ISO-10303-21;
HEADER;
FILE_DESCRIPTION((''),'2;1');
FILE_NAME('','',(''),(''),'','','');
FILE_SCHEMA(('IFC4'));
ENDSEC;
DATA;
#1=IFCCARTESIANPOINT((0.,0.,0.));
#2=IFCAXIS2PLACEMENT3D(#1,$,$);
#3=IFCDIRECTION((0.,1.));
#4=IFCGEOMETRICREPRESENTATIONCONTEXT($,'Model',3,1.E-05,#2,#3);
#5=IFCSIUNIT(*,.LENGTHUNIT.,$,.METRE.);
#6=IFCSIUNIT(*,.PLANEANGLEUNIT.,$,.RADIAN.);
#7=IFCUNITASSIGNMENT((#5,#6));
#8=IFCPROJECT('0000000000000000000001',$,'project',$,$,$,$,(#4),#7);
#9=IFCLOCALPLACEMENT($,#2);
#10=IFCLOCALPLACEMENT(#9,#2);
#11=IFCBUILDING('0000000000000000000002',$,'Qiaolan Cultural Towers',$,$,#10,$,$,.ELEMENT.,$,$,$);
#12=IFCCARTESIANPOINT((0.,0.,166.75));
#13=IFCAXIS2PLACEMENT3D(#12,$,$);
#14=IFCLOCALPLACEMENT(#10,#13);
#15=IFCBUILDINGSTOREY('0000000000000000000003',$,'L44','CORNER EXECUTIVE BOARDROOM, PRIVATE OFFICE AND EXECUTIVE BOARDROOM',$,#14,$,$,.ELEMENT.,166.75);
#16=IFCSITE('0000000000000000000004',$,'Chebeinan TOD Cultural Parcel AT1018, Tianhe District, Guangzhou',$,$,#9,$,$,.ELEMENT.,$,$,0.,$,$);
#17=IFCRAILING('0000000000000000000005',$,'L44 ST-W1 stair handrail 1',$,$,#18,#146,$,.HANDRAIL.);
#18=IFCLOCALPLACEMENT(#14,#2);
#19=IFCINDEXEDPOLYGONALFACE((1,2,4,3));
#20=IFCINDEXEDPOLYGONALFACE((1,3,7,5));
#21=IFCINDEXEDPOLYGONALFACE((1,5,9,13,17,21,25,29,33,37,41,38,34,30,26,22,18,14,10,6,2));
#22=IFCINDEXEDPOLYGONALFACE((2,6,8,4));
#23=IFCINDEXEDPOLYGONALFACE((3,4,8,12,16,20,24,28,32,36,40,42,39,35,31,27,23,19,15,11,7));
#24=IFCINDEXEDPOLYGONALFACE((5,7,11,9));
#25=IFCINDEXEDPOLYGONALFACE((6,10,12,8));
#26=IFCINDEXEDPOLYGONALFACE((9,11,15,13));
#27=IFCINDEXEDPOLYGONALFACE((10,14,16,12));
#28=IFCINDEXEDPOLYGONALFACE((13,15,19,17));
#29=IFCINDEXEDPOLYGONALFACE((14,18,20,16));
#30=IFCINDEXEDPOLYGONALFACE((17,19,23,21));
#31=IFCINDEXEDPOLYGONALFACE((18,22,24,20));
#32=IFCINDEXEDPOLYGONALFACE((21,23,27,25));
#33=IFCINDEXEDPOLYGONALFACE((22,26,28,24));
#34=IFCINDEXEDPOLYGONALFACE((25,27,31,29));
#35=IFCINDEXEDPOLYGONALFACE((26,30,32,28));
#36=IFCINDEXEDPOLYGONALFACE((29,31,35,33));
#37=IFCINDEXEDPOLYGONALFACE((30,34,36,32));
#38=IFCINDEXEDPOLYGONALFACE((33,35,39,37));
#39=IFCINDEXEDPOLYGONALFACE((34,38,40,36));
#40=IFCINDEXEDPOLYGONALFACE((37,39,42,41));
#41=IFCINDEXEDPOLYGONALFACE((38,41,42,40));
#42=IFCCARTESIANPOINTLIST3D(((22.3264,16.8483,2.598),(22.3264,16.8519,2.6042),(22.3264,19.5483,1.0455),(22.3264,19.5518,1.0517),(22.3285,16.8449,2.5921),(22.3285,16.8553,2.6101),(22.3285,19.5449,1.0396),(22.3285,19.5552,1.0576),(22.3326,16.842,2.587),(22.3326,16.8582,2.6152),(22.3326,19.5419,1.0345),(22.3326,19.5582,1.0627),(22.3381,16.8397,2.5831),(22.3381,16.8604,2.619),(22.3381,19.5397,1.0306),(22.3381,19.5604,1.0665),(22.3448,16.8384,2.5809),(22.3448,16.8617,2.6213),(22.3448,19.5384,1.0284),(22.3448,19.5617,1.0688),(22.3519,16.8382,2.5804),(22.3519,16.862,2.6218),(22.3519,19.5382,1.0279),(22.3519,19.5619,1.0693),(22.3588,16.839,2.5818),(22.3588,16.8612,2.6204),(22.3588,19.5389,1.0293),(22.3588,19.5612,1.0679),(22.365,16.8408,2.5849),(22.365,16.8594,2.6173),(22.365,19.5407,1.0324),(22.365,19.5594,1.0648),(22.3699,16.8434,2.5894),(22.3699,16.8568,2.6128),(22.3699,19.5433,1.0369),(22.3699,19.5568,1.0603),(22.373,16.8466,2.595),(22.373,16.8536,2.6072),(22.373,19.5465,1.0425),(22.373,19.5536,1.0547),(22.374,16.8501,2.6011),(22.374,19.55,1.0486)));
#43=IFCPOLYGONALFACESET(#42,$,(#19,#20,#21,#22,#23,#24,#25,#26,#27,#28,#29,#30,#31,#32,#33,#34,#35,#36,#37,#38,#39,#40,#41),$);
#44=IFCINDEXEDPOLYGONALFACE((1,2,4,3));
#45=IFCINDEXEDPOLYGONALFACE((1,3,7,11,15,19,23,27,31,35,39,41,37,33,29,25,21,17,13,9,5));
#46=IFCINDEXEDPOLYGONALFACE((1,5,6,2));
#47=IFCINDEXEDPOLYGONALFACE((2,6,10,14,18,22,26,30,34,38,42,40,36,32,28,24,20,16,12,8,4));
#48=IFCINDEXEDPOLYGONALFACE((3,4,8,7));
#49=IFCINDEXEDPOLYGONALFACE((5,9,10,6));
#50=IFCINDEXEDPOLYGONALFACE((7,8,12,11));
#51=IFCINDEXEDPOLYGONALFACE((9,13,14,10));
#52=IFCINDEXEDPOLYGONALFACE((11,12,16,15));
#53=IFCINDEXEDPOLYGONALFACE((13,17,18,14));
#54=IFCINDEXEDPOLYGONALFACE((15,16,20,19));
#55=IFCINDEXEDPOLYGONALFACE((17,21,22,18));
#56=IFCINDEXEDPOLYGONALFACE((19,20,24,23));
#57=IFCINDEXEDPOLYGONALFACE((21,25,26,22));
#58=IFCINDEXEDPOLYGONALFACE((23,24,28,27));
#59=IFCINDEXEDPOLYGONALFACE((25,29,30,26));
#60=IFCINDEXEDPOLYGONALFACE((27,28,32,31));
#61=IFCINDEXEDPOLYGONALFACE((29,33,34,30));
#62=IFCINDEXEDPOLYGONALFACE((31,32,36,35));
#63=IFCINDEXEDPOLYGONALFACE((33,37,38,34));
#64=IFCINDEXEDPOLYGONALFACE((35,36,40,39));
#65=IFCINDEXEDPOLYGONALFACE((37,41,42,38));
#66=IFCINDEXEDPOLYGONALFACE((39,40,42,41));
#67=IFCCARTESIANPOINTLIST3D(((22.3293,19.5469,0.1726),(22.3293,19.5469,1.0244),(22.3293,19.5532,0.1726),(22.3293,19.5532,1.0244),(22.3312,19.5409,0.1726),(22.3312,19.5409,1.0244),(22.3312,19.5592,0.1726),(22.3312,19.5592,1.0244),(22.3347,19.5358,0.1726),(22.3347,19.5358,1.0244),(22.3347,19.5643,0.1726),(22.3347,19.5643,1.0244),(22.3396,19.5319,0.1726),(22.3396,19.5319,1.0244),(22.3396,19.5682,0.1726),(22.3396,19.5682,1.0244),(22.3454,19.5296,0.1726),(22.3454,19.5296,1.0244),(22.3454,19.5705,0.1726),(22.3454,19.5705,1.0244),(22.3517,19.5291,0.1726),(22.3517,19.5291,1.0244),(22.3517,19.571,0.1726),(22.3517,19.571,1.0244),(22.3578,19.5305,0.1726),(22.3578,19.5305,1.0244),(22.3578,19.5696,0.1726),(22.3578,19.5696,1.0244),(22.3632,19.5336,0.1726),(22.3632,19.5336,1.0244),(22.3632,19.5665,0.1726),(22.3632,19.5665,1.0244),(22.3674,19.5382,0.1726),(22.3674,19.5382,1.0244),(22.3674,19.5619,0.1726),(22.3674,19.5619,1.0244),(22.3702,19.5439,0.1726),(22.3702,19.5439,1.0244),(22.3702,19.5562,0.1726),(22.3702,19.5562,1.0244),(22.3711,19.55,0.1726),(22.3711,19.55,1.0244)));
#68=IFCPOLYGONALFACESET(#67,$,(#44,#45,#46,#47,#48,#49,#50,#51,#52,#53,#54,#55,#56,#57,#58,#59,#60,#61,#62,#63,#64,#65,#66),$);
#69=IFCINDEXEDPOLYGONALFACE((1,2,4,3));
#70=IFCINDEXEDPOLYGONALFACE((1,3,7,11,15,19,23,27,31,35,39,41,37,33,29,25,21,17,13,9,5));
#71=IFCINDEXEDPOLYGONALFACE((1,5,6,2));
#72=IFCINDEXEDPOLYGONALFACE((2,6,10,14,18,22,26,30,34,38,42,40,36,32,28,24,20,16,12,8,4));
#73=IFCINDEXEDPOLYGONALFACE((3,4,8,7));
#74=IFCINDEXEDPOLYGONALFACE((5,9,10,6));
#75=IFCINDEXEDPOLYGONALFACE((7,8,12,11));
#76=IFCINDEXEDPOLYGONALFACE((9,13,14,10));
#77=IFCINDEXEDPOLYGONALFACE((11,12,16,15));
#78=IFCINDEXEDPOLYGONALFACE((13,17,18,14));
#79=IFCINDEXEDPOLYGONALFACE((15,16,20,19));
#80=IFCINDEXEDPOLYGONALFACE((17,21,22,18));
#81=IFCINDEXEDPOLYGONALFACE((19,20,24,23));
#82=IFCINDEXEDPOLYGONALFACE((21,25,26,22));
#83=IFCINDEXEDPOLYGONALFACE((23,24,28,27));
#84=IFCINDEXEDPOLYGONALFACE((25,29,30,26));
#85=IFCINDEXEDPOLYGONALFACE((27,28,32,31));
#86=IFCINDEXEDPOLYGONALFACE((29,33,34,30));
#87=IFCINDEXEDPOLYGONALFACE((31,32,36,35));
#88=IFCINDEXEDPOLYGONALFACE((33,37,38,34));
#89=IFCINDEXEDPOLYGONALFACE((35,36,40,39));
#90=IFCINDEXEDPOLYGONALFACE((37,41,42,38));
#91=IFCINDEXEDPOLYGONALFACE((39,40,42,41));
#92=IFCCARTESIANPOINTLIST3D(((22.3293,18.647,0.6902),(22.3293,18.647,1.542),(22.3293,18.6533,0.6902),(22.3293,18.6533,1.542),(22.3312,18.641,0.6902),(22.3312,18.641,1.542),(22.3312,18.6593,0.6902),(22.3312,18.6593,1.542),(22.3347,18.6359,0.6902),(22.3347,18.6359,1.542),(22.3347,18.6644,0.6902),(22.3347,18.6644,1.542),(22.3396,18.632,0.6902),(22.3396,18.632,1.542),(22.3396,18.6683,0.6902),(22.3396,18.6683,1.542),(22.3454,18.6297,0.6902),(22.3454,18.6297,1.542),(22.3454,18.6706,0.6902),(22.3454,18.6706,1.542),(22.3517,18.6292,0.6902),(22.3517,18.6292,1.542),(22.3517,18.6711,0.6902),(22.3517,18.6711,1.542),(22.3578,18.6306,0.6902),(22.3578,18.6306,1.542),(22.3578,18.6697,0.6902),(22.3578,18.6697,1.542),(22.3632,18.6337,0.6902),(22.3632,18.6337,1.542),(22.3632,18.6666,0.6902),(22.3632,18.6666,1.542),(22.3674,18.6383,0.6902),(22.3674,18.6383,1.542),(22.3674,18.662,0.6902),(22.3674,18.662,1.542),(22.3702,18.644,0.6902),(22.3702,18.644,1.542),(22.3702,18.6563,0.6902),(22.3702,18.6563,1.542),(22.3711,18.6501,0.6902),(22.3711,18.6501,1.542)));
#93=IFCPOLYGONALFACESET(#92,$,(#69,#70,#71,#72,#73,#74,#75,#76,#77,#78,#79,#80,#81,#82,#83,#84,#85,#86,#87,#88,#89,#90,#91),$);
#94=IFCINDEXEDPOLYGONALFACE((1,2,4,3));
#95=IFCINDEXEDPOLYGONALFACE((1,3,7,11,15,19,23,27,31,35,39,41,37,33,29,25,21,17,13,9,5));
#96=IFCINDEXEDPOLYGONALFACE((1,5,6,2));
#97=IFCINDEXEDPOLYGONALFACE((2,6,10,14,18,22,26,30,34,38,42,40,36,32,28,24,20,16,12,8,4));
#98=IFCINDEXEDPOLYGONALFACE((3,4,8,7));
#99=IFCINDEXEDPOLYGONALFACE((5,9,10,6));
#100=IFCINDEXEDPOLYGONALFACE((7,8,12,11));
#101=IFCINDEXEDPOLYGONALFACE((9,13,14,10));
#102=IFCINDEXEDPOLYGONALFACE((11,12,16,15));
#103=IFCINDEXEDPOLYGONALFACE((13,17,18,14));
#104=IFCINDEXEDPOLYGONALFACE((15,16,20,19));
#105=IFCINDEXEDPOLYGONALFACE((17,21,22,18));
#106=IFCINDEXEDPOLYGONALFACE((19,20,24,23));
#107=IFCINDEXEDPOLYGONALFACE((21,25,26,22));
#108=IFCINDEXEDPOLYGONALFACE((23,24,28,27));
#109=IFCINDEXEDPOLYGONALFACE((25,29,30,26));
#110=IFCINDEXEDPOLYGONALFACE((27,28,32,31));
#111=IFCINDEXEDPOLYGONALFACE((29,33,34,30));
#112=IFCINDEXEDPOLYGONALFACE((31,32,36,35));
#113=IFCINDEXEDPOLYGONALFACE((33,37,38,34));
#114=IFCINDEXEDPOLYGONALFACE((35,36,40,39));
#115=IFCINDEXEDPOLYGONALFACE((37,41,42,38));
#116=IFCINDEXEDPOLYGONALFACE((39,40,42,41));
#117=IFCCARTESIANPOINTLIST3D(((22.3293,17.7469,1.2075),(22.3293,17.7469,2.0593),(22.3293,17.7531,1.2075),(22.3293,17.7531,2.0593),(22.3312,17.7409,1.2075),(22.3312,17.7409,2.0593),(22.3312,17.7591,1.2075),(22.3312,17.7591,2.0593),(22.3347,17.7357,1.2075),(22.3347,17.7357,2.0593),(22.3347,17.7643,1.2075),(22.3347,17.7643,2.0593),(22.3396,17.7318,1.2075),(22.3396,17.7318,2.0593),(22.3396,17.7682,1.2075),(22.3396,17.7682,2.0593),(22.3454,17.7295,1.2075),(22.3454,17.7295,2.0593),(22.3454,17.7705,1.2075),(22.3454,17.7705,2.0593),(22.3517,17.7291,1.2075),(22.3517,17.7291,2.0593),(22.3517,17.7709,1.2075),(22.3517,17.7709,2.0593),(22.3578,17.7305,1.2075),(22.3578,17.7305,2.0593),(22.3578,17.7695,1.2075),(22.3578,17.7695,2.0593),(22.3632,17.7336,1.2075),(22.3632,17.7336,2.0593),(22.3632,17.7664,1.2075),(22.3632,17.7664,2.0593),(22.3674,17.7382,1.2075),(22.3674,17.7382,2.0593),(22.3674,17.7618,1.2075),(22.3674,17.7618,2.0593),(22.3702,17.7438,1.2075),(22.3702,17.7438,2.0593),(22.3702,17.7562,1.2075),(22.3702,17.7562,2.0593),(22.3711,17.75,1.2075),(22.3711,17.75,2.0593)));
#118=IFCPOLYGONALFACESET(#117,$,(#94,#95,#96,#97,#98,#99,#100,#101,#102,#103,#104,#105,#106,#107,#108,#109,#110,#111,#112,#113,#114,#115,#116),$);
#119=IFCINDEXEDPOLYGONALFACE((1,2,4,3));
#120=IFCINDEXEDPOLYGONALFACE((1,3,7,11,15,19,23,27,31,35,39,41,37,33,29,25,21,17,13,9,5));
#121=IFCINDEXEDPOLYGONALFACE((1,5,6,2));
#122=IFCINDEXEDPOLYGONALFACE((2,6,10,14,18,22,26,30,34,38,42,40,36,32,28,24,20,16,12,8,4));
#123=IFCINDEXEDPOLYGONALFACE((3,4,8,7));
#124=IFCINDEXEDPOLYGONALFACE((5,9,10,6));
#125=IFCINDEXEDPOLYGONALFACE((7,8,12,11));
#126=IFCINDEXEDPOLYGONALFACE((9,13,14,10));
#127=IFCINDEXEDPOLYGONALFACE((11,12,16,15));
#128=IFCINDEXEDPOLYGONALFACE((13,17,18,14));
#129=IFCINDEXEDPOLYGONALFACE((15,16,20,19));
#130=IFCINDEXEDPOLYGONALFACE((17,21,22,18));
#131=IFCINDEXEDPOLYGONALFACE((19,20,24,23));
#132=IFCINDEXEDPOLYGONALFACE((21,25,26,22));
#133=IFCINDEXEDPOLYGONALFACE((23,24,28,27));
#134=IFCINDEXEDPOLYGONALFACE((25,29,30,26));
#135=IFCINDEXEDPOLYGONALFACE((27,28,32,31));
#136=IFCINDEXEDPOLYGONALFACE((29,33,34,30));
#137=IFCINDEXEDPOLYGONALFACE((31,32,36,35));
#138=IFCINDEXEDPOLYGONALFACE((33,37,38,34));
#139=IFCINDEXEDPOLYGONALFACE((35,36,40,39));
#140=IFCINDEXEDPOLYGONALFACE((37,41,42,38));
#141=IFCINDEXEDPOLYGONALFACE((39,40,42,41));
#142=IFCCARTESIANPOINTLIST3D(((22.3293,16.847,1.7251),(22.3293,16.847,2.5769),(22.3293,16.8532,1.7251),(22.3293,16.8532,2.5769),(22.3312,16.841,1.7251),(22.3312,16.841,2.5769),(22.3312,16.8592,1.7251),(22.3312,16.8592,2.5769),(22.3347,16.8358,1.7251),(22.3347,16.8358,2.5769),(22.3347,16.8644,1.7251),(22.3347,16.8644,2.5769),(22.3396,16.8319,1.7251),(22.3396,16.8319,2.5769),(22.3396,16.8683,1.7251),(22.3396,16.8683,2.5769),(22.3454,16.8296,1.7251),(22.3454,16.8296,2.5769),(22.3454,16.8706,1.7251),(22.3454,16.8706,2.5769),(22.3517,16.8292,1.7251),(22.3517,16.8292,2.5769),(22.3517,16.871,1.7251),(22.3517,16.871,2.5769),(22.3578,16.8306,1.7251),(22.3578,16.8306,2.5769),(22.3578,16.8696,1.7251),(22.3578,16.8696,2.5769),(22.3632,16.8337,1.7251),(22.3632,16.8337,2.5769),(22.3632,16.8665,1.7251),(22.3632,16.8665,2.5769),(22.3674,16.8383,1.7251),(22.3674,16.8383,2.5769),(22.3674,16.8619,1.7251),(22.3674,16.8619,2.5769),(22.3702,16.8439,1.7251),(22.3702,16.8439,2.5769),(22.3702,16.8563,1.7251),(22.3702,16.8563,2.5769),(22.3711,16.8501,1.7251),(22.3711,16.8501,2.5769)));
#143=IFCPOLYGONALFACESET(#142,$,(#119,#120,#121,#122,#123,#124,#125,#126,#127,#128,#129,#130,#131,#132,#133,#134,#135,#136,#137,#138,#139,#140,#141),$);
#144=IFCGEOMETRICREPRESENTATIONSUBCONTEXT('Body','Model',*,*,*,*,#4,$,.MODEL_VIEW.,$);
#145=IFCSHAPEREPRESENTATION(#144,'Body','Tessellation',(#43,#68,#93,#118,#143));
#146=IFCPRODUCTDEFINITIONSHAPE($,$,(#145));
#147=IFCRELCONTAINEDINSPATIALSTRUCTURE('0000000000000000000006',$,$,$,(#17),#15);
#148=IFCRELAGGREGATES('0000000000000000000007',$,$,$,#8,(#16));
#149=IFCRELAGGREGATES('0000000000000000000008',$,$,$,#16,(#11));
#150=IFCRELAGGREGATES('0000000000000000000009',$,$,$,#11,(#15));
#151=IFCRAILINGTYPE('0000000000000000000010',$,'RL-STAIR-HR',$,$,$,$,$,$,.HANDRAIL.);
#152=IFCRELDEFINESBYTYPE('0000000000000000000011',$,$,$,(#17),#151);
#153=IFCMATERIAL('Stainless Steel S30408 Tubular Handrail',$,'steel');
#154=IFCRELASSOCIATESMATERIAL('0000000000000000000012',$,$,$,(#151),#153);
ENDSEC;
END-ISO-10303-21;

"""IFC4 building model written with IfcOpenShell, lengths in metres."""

from ifc_helpers import new_model, si_unit, direction, frame, origin, origin_2d, place, context, subcontext, project, spatial, circle, extrude, material, type_object, element, save


model = new_model("IFC4")

# Units and contexts
model_context = context("Model", 3, precision=1e-05, world=origin(), true_north=direction((0.0, 1.0)))
body_context = subcontext(model_context, "Body", "Model", "MODEL_VIEW")
ifc_project = project(units=[si_unit("LENGTHUNIT", "METRE"), si_unit("PLANEANGLEUNIT", "RADIAN")], contexts=[model_context])

# Site, building, storey
site_placement = place(None, origin())
site = spatial("IfcSite", under=ifc_project, at=site_placement, Name="Chebeinan TOD Cultural Parcel AT1018, Tianhe District, Guangzhou", CompositionType="ELEMENT", RefElevation=0.0)
building_placement = place(site_placement, origin())
building = spatial("IfcBuilding", under=site, at=building_placement, Name="Qiaolan Cultural Towers", CompositionType="ELEMENT")
storey_placement = place(building_placement, frame((0.0, 0.0, 166.75)))
storey = spatial("IfcBuildingStorey", under=building, at=storey_placement, Name="L44", Description="CORNER EXECUTIVE BOARDROOM, PRIVATE OFFICE AND EXECUTIVE BOARDROOM", CompositionType="ELEMENT", Elevation=166.75)

# Railing
ifc_material_1 = material(Name="Stainless Steel S30408 Tubular Handrail", Category="steel")
railing_type = type_object("IfcRailingType", Name="RL-STAIR-HR", PredefinedType="HANDRAIL", material=ifc_material_1)
railing_placement = place(storey_placement, frame((22.3501, 19.55, 0.1726)))
element("IfcRailing", 1, at=railing_placement, inside=storey, type_object=railing_type, Name="L44 ST-W1 stair handrail 1", PredefinedType="HANDRAIL", context=body_context, shape_type="SweptSolid", body=[
    extrude(circle(Radius=0.0239, at=origin_2d()), frame((0.0, 0.0, 0.876), z_axis=(0.0, -0.866904, 0.498476), x_axis=(1.0, 0.0, 0.0)), (0.0, 0.0, 1.0), 3.1145),
    extrude(circle(Radius=0.021, at=origin_2d()), origin(), (0.0, 0.0, 1.0), 0.8518),
    extrude(circle(Radius=0.021, at=origin_2d()), frame((0.0, -0.8999, 0.5176)), (0.0, 0.0, 1.0), 0.8518),
    extrude(circle(Radius=0.021, at=origin_2d()), frame((0.0, -1.8, 1.0349)), (0.0, 0.0, 1.0), 0.8518),
    extrude(circle(Radius=0.021, at=origin_2d()), frame((0.0, -2.7, 1.5525)), (0.0, 0.0, 1.0), 0.8518),
])

save(model, "model.ifc")
